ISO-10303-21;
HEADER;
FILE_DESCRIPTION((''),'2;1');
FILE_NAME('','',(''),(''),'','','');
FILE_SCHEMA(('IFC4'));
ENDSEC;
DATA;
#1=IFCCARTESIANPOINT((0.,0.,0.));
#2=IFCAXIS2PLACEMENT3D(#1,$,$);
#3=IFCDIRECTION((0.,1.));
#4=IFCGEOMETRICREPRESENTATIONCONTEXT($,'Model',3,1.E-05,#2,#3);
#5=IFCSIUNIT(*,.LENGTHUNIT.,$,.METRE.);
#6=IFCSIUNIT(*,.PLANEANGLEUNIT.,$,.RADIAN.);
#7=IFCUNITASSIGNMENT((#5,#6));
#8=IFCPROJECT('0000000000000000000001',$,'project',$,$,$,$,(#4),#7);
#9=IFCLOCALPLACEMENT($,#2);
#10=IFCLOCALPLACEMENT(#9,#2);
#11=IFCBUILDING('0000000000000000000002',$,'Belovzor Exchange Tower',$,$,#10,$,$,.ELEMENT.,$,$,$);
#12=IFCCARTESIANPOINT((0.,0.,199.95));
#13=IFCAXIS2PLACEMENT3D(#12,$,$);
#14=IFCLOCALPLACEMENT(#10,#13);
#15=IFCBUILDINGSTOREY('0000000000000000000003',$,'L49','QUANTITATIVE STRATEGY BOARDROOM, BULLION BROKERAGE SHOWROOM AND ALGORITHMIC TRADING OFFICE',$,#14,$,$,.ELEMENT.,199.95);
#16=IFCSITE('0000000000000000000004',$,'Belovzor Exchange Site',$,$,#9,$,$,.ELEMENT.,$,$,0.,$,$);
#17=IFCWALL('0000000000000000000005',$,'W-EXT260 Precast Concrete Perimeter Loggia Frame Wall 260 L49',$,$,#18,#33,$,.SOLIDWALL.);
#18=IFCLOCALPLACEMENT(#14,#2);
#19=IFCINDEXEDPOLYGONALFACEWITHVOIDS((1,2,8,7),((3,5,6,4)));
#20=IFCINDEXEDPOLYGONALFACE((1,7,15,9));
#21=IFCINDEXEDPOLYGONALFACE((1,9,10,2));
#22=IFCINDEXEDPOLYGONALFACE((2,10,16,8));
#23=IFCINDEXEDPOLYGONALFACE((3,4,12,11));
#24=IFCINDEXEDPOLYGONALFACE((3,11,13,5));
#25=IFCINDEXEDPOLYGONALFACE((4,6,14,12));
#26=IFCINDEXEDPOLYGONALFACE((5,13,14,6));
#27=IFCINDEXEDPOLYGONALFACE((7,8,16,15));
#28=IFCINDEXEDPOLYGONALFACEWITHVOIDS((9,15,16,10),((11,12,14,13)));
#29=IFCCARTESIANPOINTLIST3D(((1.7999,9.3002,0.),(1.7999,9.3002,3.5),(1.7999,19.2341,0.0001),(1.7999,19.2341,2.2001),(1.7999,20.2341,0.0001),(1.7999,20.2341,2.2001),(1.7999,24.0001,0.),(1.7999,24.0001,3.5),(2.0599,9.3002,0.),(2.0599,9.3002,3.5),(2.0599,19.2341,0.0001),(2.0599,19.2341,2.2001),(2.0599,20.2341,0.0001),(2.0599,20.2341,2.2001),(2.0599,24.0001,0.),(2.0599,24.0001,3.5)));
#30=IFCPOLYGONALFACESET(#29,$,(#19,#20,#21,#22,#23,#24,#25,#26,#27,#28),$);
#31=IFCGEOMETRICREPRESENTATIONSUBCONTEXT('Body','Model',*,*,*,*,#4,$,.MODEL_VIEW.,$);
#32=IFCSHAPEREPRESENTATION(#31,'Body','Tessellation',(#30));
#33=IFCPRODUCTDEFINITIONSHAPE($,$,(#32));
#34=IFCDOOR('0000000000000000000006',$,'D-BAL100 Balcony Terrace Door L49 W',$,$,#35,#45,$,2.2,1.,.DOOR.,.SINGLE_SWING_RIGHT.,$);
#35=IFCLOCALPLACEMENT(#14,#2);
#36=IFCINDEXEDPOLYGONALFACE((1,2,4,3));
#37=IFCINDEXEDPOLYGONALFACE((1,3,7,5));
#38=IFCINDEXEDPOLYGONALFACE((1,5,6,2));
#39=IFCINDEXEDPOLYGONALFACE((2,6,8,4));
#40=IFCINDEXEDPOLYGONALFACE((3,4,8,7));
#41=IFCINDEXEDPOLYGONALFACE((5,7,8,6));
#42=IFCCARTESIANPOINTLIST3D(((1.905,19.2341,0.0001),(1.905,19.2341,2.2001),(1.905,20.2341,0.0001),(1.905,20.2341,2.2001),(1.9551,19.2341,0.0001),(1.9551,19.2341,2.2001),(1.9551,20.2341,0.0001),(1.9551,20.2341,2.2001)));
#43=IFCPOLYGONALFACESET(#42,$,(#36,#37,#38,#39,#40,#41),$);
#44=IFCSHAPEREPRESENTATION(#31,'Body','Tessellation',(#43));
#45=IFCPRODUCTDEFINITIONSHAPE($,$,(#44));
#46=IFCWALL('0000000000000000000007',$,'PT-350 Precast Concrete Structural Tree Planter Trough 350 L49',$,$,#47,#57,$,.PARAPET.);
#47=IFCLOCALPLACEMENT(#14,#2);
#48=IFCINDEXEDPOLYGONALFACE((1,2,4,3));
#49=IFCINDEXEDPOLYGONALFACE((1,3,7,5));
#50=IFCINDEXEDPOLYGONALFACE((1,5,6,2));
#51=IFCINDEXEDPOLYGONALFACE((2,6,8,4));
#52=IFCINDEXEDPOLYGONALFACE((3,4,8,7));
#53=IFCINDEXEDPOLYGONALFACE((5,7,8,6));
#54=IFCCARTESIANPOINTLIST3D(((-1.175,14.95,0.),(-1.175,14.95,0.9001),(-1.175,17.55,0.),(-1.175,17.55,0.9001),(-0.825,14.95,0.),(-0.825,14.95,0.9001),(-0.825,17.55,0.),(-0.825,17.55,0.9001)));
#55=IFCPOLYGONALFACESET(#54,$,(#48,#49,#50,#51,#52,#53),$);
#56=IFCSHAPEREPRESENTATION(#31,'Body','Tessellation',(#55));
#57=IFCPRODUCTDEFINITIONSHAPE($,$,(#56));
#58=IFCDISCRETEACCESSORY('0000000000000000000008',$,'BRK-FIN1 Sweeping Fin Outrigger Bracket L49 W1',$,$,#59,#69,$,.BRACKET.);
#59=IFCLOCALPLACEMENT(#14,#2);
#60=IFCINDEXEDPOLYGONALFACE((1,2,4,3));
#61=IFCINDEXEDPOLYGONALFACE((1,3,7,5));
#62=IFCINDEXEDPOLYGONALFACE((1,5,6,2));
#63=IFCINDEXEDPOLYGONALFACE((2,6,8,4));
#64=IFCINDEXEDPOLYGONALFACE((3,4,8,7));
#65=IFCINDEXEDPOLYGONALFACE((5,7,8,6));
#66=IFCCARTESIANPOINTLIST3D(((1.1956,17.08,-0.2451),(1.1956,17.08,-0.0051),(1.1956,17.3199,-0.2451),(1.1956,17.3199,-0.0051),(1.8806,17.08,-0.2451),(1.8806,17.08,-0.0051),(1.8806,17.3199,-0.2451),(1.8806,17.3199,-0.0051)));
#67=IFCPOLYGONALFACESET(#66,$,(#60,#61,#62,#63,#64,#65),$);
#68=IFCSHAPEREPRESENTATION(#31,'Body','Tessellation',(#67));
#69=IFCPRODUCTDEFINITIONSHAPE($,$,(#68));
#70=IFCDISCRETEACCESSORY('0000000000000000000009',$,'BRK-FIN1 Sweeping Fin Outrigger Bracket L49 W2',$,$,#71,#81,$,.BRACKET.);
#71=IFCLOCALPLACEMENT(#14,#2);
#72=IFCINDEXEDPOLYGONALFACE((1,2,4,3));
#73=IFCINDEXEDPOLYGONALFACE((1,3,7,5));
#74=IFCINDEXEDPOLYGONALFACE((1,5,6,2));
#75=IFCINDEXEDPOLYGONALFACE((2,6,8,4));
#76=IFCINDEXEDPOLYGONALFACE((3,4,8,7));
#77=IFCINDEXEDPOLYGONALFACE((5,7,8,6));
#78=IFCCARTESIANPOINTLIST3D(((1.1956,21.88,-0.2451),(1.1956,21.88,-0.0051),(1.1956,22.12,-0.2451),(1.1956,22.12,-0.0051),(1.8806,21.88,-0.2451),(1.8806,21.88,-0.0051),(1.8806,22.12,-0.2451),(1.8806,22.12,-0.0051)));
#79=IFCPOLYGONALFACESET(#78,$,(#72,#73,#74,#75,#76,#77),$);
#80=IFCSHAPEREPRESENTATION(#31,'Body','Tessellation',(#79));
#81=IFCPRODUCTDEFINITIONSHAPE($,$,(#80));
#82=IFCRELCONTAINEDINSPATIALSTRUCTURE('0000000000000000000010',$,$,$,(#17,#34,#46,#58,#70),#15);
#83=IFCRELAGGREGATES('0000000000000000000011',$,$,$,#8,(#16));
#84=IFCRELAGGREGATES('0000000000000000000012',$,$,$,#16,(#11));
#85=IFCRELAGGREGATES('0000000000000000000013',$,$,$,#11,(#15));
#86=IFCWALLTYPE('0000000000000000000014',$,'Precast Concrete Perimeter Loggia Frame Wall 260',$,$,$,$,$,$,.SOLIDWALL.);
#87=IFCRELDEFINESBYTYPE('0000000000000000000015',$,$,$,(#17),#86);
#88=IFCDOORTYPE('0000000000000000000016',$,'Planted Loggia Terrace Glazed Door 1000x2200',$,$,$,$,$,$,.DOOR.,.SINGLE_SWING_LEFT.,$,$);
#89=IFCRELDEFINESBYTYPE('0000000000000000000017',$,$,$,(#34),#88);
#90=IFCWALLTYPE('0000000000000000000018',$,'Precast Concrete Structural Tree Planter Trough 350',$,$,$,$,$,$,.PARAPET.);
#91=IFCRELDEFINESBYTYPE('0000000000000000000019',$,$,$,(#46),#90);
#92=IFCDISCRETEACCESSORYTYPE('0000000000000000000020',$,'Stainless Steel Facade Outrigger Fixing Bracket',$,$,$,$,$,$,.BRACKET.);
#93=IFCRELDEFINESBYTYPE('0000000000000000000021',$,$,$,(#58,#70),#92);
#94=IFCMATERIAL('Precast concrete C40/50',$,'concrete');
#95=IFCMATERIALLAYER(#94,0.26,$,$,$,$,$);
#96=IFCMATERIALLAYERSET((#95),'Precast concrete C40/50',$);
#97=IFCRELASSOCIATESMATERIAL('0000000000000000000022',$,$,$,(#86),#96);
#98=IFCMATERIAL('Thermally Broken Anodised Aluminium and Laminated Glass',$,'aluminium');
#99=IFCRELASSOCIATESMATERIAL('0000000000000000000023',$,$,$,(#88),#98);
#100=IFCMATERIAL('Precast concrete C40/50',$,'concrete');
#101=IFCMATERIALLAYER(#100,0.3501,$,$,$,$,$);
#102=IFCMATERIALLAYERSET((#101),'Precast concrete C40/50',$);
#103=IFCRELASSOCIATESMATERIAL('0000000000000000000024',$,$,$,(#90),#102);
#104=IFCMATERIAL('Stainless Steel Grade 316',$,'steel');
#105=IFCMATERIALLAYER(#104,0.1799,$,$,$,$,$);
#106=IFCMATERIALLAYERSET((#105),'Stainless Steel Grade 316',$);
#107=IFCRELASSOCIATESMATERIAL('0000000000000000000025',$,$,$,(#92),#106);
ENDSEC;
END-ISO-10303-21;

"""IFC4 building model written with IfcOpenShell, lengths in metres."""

from ifc_helpers import new_model, si_unit, direction, frame, frame_2d, origin, origin_2d, place, context, subcontext, project, spatial, rectangle, extrude, material, layer, layer_set, type_object, element, fill, save


model = new_model("IFC4")

# Units and contexts
model_context = context("Model", 3, precision=1e-05, world=origin(), true_north=direction((0.0, 1.0)))
body_context = subcontext(model_context, "Body", "Model", "MODEL_VIEW")
ifc_project = project(units=[si_unit("LENGTHUNIT", "METRE"), si_unit("PLANEANGLEUNIT", "RADIAN")], contexts=[model_context])

# Site, building, storey
site_placement = place(None, origin())
site = spatial("IfcSite", under=ifc_project, at=site_placement, Name="Belovzor Exchange Site", CompositionType="ELEMENT", RefElevation=0.0)
building_placement = place(site_placement, origin())
building = spatial("IfcBuilding", under=site, at=building_placement, Name="Belovzor Exchange Tower", CompositionType="ELEMENT")
storey_placement = place(building_placement, frame((0.0, 0.0, 199.95)))
storey = spatial("IfcBuildingStorey", under=building, at=storey_placement, Name="L49", Description="QUANTITATIVE STRATEGY BOARDROOM, BULLION BROKERAGE SHOWROOM AND ALGORITHMIC TRADING OFFICE", CompositionType="ELEMENT", Elevation=199.95)

# Wall, opening, door
ifc_material_1 = material(Name="Precast concrete C40/50", Category="concrete")
ifc_layer_1 = layer(ifc_material_1, 0.26)
ifc_layer_set_1 = layer_set([ifc_layer_1], Name="Precast concrete C40/50")
wall_type_1 = type_object("IfcWallType", Name="Precast Concrete Perimeter Loggia Frame Wall 260", PredefinedType="SOLIDWALL", material=ifc_layer_set_1)
wall_1_placement = place(storey_placement, frame((1.9299, 9.3, 0.0), z_axis=(0.0, 0.0, 1.0), x_axis=(0.0, 1.0, 0.0)))
wall_1 = element("IfcWall", 1, at=wall_1_placement, inside=storey, type_object=wall_type_1, Name="W-EXT260 Precast Concrete Perimeter Loggia Frame Wall 260 L49", PredefinedType="SOLIDWALL", context=body_context, shape_type="SweptSolid", body=[
    extrude(rectangle(XDim=14.7, YDim=0.26, at=frame_2d((7.3501, 0.0))), origin(), (0.0, 0.0, 1.0), 3.5),
])
opening_1_placement = place(wall_1_placement, frame((9.9341, 0.0, 0.0)))
opening_1 = element("IfcOpeningElement", 2, at=opening_1_placement, cuts=wall_1, PredefinedType="OPENING", context=body_context, shape_type="SweptSolid", body=[
    extrude(rectangle(XDim=1.0, YDim=2.2, at=frame_2d((0.5, 1.1001))), frame((0.0, 0.1399, 0.0), z_axis=(0.0, -1.0, 0.0), x_axis=(1.0, 0.0, 0.0)), (0.0, 0.0, 1.0), 0.28),
])
ifc_material_2 = material(Name="Thermally Broken Anodised Aluminium and Laminated Glass", Category="aluminium")
door_type_1 = type_object("IfcDoorType", Name="Planted Loggia Terrace Glazed Door 1000x2200", OperationType="SINGLE_SWING_LEFT", PredefinedType="DOOR", material=ifc_material_2)
door_1_placement = place(opening_1_placement, origin())
door_1 = element("IfcDoor", 3, at=door_1_placement, inside=storey, type_object=door_type_1, Name="D-BAL100 Balcony Terrace Door L49 W", OperationType="SINGLE_SWING_RIGHT", OverallHeight=2.2, OverallWidth=1.0, PredefinedType="DOOR", context=body_context, shape_type="SweptSolid", body=[
    extrude(rectangle(XDim=1.0, YDim=2.2, at=frame_2d((0.5, 1.1001))), frame((0.0, 0.0249, 0.0), z_axis=(0.0, -1.0, 0.0), x_axis=(1.0, 0.0, 0.0)), (0.0, 0.0, 1.0), 0.05),
])
fill(opening_1, door_1)

# Wall
ifc_material_3 = material(Name="Precast concrete C40/50", Category="concrete")
ifc_layer_2 = layer(ifc_material_3, 0.3501)
ifc_layer_set_2 = layer_set([ifc_layer_2], Name="Precast concrete C40/50")
wall_type_2 = type_object("IfcWallType", Name="Precast Concrete Structural Tree Planter Trough 350", PredefinedType="PARAPET", material=ifc_layer_set_2)
wall_2_placement = place(storey_placement, frame((-1.0, 14.95, 0.0), z_axis=(0.0, 0.0, 1.0), x_axis=(0.0, 1.0, 0.0)))
element("IfcWall", 4, at=wall_2_placement, inside=storey, type_object=wall_type_2, Name="PT-350 Precast Concrete Structural Tree Planter Trough 350 L49", PredefinedType="PARAPET", context=body_context, shape_type="SweptSolid", body=[
    extrude(rectangle(XDim=2.6001, YDim=0.3501, at=frame_2d((1.3, 0.0))), origin(), (0.0, 0.0, 1.0), 0.9001),
])

# Discrete accessories
ifc_material_4 = material(Name="Stainless Steel Grade 316", Category="steel")
ifc_layer_3 = layer(ifc_material_4, 0.1799)
ifc_layer_set_3 = layer_set([ifc_layer_3], Name="Stainless Steel Grade 316")
discrete_accessory_type = type_object("IfcDiscreteAccessoryType", Name="Stainless Steel Facade Outrigger Fixing Bracket", PredefinedType="BRACKET", material=ifc_layer_set_3)
for number, where, z_axis, x_axis, name in (
    (5, (1.5381, 17.2, -0.2451), (0.0, 0.0, 1.0), (1.0, 0.0, 0.0), "BRK-FIN1 Sweeping Fin Outrigger Bracket L49 W1"),
    (6, (1.5381, 22.0, -0.2451), (0.0, 0.0, 1.0), (1.0, 0.0, 0.0), "BRK-FIN1 Sweeping Fin Outrigger Bracket L49 W2"),
):
    element("IfcDiscreteAccessory", number, at=place(storey_placement, frame(where, z_axis=z_axis, x_axis=x_axis)), inside=storey, type_object=discrete_accessory_type, Name=name, PredefinedType="BRACKET", context=body_context, shape_type="SweptSolid", body=[
        extrude(rectangle(XDim=0.6851, YDim=0.24, at=origin_2d()), origin(), (0.0, 0.0, 1.0), 0.24),
    ])

save(model, "model.ifc")
